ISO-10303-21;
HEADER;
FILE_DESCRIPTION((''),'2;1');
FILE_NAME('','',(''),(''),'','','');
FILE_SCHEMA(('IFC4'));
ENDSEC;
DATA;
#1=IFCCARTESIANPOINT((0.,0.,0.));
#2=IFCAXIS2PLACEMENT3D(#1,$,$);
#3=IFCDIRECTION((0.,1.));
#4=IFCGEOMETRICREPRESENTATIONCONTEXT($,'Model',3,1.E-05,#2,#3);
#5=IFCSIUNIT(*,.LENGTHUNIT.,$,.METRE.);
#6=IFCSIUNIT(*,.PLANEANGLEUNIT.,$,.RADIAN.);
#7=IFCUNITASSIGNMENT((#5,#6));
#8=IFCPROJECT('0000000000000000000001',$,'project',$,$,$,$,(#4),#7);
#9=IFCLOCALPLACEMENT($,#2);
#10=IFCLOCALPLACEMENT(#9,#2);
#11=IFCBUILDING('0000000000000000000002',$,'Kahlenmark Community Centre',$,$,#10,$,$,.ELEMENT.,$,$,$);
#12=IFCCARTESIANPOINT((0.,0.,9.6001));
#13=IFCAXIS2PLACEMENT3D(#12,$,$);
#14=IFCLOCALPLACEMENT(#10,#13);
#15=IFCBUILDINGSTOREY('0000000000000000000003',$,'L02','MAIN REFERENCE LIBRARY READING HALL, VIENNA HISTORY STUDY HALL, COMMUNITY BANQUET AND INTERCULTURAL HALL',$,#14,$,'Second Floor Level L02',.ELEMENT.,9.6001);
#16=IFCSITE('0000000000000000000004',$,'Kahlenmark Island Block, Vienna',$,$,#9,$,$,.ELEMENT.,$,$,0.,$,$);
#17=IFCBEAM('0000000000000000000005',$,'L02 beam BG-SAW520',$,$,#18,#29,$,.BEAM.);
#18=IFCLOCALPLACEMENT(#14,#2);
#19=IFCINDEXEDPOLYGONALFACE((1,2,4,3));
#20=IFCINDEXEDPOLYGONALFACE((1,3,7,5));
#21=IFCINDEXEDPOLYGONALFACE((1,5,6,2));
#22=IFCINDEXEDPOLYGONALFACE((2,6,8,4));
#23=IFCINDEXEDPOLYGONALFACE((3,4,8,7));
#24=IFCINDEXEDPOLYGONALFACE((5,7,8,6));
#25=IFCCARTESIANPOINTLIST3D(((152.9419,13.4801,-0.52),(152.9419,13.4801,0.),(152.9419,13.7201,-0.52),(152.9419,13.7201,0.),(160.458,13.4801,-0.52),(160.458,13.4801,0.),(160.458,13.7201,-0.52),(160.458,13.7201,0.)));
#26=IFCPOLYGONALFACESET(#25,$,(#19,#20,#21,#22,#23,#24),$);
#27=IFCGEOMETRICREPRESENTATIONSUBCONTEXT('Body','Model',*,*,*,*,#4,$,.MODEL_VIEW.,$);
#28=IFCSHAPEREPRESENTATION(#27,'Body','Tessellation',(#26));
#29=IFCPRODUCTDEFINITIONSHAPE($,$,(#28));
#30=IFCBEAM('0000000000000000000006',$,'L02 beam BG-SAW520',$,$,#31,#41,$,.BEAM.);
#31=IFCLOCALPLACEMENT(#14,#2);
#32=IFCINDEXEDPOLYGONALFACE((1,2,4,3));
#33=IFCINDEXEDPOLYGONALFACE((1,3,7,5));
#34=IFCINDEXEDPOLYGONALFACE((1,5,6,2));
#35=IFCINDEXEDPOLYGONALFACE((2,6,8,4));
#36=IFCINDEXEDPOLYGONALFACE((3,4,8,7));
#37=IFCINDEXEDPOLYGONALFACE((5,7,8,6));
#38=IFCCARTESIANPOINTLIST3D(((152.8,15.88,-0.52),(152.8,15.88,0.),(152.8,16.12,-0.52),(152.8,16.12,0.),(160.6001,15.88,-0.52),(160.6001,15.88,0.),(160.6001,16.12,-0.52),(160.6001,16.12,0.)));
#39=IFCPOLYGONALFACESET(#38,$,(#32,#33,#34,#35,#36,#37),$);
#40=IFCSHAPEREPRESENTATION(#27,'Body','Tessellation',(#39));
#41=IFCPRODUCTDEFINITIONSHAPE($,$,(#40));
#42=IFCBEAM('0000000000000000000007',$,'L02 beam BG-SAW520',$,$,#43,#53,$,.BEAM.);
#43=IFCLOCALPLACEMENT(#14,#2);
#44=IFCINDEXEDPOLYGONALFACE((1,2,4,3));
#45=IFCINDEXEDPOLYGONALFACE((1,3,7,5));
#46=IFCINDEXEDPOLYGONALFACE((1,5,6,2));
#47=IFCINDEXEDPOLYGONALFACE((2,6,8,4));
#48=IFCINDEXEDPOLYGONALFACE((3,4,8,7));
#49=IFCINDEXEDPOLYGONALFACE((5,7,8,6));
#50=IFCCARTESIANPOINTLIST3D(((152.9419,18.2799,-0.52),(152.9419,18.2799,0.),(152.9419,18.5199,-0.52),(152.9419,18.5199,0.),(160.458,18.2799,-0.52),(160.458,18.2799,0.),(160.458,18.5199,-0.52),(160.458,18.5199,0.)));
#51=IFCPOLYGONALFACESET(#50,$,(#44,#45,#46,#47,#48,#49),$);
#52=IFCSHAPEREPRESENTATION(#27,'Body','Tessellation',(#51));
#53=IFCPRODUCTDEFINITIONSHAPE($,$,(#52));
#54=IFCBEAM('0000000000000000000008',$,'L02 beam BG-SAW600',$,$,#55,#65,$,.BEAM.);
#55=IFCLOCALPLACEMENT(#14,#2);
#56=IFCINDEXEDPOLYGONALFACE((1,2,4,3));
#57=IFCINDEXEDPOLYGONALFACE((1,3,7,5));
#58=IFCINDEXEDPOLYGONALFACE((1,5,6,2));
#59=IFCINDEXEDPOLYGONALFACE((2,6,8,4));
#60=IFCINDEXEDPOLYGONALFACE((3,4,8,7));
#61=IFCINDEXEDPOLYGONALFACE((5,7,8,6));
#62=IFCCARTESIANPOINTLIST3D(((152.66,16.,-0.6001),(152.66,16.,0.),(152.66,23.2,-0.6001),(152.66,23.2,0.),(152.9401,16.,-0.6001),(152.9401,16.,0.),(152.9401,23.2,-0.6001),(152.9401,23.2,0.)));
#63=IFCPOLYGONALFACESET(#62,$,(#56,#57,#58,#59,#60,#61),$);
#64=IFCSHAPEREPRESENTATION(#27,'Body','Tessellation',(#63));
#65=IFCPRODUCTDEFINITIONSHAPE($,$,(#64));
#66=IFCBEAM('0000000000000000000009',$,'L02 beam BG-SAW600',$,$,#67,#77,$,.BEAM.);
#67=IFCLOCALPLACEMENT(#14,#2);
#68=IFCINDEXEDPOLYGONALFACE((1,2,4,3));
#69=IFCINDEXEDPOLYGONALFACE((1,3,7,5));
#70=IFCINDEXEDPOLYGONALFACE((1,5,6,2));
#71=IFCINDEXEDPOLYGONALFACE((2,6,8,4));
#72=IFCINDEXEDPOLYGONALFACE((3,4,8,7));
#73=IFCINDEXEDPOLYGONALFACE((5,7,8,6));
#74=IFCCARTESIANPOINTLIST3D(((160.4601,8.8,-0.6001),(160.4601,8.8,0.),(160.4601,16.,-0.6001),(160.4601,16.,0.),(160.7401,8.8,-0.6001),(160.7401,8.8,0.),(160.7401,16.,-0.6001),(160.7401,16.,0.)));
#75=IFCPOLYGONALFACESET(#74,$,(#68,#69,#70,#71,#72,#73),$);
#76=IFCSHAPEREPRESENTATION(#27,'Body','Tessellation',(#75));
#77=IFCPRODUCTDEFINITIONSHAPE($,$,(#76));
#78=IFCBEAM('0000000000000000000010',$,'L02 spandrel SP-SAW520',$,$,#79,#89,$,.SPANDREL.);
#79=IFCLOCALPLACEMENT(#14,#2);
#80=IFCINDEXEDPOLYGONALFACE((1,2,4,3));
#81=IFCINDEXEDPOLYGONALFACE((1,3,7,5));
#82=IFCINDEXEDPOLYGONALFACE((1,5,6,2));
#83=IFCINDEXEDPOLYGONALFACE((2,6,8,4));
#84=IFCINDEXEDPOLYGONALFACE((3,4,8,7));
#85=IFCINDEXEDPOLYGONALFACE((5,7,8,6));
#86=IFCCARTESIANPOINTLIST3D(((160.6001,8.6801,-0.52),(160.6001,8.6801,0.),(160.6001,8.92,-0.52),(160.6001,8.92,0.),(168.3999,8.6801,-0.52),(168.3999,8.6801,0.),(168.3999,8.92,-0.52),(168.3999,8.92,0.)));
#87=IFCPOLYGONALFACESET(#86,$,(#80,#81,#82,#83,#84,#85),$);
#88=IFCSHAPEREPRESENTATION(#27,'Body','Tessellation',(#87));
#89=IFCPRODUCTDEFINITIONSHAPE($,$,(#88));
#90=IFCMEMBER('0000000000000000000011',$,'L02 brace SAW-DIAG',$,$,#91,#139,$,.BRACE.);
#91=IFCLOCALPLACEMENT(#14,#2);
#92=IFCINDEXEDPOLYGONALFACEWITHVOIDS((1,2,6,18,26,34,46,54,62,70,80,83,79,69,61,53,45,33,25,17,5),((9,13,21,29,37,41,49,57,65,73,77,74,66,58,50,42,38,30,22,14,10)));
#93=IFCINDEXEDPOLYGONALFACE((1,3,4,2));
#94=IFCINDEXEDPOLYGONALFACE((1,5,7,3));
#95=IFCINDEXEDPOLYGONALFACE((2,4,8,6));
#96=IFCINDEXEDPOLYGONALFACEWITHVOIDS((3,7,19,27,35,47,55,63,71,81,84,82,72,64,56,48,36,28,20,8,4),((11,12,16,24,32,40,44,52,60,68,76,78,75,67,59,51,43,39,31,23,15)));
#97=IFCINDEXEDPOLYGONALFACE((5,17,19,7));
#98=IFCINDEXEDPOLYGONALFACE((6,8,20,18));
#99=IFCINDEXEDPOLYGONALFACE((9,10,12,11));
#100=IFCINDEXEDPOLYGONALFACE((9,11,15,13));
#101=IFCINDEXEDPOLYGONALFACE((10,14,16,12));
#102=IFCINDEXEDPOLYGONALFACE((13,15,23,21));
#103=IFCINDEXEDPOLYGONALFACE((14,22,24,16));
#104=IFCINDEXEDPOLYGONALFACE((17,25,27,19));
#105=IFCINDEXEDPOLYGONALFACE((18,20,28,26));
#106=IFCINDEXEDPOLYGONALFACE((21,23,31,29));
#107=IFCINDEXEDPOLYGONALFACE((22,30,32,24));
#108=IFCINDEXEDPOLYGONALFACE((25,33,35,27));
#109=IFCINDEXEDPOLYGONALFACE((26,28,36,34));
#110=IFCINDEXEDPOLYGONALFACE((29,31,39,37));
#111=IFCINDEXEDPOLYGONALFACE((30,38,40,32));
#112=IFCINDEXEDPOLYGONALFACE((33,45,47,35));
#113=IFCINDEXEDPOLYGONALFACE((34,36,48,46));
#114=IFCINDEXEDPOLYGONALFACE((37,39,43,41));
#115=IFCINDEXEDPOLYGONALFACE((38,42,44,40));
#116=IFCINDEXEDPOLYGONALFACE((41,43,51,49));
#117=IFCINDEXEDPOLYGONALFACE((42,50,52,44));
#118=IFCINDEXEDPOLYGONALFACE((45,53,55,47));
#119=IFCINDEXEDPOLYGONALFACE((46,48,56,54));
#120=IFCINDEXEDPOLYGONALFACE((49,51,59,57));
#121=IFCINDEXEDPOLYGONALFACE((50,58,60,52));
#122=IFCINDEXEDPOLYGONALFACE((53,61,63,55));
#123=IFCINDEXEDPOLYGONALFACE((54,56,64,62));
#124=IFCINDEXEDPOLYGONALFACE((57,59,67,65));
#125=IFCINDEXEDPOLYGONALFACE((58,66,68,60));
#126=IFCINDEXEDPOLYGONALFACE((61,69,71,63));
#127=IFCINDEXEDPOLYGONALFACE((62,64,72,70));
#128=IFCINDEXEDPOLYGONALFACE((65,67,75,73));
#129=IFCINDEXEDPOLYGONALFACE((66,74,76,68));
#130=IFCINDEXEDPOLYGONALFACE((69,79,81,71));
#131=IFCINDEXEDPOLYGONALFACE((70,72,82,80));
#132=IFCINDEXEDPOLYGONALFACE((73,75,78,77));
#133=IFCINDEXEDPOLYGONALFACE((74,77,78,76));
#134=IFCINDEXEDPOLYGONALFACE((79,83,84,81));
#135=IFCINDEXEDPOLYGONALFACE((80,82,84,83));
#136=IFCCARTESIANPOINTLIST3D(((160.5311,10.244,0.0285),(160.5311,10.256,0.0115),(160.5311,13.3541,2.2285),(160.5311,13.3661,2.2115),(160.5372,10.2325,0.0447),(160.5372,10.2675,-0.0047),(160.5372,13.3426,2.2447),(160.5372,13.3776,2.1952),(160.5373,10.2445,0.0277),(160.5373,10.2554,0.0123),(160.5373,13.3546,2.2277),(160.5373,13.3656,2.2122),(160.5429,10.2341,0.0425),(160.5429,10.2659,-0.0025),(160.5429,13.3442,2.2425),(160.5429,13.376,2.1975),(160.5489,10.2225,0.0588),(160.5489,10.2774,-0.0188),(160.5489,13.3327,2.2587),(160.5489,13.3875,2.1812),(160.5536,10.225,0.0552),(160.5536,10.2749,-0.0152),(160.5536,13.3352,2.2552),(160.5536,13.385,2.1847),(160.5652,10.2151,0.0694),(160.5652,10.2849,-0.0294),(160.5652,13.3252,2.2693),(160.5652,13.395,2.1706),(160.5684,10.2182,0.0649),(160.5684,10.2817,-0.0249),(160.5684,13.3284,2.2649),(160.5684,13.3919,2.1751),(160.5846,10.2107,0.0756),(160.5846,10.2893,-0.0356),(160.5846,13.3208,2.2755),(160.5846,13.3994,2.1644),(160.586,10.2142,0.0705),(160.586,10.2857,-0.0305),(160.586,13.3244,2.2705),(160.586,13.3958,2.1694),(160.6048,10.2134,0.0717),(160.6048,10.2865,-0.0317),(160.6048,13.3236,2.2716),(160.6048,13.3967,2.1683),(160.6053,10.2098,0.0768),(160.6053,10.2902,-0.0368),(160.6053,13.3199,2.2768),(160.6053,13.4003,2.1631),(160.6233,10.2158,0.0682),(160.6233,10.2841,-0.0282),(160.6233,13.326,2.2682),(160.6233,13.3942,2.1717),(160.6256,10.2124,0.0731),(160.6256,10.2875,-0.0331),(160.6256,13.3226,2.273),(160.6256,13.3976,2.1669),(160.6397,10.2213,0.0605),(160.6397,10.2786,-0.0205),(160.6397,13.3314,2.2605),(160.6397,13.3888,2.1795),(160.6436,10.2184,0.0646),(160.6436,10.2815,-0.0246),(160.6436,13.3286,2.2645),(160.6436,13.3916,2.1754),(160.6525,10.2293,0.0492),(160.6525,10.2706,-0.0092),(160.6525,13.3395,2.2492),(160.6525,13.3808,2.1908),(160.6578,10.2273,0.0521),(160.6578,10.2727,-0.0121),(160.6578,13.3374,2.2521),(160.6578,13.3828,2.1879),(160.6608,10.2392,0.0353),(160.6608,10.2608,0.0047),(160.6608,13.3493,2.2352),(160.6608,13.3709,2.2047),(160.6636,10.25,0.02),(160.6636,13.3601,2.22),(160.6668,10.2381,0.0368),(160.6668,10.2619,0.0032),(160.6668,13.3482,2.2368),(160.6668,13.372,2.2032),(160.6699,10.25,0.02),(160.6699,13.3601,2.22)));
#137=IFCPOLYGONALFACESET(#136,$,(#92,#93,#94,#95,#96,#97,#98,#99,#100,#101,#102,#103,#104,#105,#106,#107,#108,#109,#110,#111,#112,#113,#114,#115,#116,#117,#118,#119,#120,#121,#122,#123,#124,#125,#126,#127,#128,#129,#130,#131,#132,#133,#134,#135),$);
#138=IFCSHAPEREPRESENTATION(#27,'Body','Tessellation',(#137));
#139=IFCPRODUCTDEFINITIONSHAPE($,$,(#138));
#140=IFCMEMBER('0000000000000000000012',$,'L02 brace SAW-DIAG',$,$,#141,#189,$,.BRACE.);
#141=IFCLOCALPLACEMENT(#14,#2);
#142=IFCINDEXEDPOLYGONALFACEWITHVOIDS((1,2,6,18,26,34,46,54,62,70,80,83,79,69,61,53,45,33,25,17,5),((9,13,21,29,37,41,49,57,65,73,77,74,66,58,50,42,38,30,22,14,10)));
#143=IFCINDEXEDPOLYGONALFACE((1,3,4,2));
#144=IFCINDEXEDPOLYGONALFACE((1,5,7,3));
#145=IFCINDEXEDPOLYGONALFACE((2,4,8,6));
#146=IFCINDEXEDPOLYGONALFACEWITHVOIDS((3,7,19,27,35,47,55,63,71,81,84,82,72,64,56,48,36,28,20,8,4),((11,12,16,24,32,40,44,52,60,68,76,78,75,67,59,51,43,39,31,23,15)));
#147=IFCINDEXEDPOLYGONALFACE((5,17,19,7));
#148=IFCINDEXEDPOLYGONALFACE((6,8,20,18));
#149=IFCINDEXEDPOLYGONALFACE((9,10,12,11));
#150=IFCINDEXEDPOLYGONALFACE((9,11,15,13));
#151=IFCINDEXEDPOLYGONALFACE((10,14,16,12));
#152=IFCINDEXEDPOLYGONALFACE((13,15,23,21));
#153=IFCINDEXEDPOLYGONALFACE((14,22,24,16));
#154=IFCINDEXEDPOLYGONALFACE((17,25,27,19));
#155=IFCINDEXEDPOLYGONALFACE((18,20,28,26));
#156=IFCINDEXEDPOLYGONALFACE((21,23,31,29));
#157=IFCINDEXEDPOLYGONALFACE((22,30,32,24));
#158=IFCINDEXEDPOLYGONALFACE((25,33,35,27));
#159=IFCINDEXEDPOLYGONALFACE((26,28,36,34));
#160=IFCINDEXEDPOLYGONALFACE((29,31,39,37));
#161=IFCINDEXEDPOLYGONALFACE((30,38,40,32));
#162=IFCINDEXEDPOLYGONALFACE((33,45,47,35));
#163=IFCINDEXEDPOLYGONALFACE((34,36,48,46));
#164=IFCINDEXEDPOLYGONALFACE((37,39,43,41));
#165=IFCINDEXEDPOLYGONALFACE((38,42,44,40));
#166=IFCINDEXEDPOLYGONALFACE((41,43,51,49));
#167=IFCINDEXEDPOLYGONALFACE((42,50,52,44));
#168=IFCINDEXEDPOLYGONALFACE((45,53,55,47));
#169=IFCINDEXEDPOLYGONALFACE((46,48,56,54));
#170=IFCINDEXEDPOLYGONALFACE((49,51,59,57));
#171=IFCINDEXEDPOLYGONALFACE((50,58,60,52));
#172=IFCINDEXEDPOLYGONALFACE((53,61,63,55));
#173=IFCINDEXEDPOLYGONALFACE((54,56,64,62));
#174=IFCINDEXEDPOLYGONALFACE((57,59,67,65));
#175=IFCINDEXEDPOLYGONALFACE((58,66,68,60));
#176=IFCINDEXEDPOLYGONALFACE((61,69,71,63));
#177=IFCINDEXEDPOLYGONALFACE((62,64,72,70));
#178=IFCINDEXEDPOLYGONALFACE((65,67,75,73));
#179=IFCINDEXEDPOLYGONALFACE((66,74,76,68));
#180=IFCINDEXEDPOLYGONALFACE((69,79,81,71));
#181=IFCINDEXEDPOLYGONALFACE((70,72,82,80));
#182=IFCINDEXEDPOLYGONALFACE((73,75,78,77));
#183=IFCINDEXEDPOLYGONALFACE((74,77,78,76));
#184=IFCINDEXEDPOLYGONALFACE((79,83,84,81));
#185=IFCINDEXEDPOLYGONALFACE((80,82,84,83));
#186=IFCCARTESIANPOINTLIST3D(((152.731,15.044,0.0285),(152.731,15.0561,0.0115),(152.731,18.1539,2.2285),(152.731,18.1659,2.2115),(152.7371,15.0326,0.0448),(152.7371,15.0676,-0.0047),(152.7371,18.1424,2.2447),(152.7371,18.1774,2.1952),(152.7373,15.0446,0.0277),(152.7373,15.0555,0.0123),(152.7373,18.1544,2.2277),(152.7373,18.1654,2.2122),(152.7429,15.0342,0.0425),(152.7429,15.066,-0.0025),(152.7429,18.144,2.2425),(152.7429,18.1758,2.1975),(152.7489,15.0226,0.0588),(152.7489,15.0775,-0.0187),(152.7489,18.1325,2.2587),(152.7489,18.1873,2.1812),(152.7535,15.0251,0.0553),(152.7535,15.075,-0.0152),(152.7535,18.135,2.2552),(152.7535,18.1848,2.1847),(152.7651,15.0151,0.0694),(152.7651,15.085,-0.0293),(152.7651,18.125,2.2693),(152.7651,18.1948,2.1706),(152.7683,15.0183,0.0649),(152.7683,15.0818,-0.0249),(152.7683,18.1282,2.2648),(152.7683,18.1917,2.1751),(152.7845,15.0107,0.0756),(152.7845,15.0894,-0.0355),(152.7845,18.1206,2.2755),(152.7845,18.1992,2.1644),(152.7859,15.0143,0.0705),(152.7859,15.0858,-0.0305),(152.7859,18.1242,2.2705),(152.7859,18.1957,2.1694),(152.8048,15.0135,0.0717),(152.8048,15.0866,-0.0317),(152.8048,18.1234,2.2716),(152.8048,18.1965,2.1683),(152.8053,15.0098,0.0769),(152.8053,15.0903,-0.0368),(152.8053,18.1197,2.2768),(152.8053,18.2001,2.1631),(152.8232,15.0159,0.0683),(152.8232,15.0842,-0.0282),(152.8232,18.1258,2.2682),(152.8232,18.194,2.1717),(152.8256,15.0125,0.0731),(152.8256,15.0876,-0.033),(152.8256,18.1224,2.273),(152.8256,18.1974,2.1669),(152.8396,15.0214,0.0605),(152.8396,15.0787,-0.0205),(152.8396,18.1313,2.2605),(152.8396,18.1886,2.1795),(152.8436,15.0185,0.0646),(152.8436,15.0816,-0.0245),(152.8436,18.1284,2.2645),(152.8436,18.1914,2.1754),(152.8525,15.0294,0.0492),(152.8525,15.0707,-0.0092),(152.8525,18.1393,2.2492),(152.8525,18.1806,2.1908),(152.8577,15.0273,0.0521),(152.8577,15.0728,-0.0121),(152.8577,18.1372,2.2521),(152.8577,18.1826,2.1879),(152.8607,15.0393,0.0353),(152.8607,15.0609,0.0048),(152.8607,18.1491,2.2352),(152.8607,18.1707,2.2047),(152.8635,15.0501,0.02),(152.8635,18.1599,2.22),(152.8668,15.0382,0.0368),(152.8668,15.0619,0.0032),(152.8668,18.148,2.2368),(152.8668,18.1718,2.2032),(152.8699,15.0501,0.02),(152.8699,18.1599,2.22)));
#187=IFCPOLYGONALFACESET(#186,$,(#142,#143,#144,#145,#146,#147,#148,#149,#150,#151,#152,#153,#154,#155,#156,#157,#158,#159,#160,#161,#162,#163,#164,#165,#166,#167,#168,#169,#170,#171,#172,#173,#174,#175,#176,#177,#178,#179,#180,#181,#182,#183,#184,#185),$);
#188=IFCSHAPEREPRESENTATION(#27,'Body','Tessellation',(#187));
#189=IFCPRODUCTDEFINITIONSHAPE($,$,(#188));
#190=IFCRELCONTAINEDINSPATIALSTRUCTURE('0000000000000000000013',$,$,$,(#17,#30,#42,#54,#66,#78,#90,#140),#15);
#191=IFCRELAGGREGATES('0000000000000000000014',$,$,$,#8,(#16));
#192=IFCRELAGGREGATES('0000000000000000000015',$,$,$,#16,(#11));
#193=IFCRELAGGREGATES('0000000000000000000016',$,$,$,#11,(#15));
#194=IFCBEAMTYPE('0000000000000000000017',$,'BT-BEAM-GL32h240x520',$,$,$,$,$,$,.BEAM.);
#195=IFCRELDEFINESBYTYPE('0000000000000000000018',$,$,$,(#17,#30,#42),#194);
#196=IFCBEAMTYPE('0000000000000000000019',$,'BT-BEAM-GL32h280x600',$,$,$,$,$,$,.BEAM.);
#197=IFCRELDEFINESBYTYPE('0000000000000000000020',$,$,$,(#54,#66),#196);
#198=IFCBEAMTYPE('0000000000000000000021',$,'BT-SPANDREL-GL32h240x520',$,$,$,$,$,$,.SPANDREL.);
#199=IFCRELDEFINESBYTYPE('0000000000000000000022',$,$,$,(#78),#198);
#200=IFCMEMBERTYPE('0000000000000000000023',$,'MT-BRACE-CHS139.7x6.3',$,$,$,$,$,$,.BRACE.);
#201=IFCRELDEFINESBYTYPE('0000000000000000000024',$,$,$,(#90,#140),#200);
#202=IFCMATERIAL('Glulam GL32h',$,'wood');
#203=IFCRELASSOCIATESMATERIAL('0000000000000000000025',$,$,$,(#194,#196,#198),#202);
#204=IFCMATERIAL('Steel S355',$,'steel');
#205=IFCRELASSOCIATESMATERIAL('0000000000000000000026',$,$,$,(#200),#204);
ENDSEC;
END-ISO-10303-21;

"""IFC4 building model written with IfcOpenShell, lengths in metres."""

from ifc_helpers import new_model, si_unit, direction, frame, origin, origin_2d, place, context, subcontext, project, spatial, rectangle, hollow_circle, extrude, material, material_profile, profile_set, type_object, element, save


model = new_model("IFC4")

# Units and contexts
model_context = context("Model", 3, precision=1e-05, world=origin(), true_north=direction((0.0, 1.0)))
body_context = subcontext(model_context, "Body", "Model", "MODEL_VIEW")
ifc_project = project(units=[si_unit("LENGTHUNIT", "METRE"), si_unit("PLANEANGLEUNIT", "RADIAN")], contexts=[model_context])

# Site, building, storey
site_placement = place(None, origin())
site = spatial("IfcSite", under=ifc_project, at=site_placement, Name="Kahlenmark Island Block, Vienna", CompositionType="ELEMENT", RefElevation=0.0)
building_placement = place(site_placement, origin())
building = spatial("IfcBuilding", under=site, at=building_placement, Name="Kahlenmark Community Centre", CompositionType="ELEMENT")
storey_placement = place(building_placement, frame((0.0, 0.0, 9.6001)))
storey = spatial("IfcBuildingStorey", under=building, at=storey_placement, Name="L02", Description="MAIN REFERENCE LIBRARY READING HALL, VIENNA HISTORY STUDY HALL, COMMUNITY BANQUET AND INTERCULTURAL HALL", LongName="Second Floor Level L02", CompositionType="ELEMENT", Elevation=9.6001)

# Beams
ifc_material_1 = material(Name="Glulam GL32h", Category="wood")
ifc_material_profile_1 = material_profile(ifc_material_1, rectangle(XDim=0.24, YDim=0.52, at=origin_2d()), Name="GL32h 240x520")
ifc_profile_set_1 = profile_set([ifc_material_profile_1], Name="Glulam GL32h")
beam_type_1 = type_object("IfcBeamType", Name="BT-BEAM-GL32h240x520", PredefinedType="BEAM", material=ifc_profile_set_1)
beam_1_placement = place(storey_placement, frame((152.9419, 13.6001, -0.26), z_axis=(1.0, 0.0, 0.0), x_axis=(0.0, 1.0, 0.0)))
element("IfcBeam", 1, at=beam_1_placement, inside=storey, type_object=beam_type_1, Name="L02 beam BG-SAW520", PredefinedType="BEAM", context=body_context, shape_type="SweptSolid", body=[
    extrude(rectangle(XDim=0.24, YDim=0.52, at=origin_2d()), origin(), (0.0, 0.0, 1.0), 7.5161),
])
beam_2_placement = place(storey_placement, frame((152.8, 16.0, -0.26), z_axis=(1.0, 0.0, 0.0), x_axis=(0.0, 1.0, 0.0)))
element("IfcBeam", 2, at=beam_2_placement, inside=storey, type_object=beam_type_1, Name="L02 beam BG-SAW520", PredefinedType="BEAM", context=body_context, shape_type="SweptSolid", body=[
    extrude(rectangle(XDim=0.24, YDim=0.52, at=origin_2d()), origin(), (0.0, 0.0, 1.0), 7.8),
])
beam_3_placement = place(storey_placement, frame((152.9419, 18.3999, -0.26), z_axis=(1.0, 0.0, 0.0), x_axis=(0.0, 1.0, 0.0)))
element("IfcBeam", 3, at=beam_3_placement, inside=storey, type_object=beam_type_1, Name="L02 beam BG-SAW520", PredefinedType="BEAM", context=body_context, shape_type="SweptSolid", body=[
    extrude(rectangle(XDim=0.24, YDim=0.52, at=origin_2d()), origin(), (0.0, 0.0, 1.0), 7.5161),
])
ifc_material_profile_2 = material_profile(ifc_material_1, rectangle(XDim=0.28, YDim=0.6001, at=origin_2d()), Name="GL32h 280x600")
ifc_profile_set_2 = profile_set([ifc_material_profile_2], Name="Glulam GL32h")
beam_type_2 = type_object("IfcBeamType", Name="BT-BEAM-GL32h280x600", PredefinedType="BEAM", material=ifc_profile_set_2)
for number, where, z_axis, x_axis, name in (
    (4, (152.8, 16.0, -0.3), (0.0, 1.0, 0.0), (-1.0, 0.0, 0.0), "L02 beam BG-SAW600"),
    (5, (160.6001, 8.8, -0.3), (0.0, 1.0, 0.0), (-1.0, 0.0, 0.0), "L02 beam BG-SAW600"),
):
    element("IfcBeam", number, at=place(storey_placement, frame(where, z_axis=z_axis, x_axis=x_axis)), inside=storey, type_object=beam_type_2, Name=name, PredefinedType="BEAM", context=body_context, shape_type="SweptSolid", body=[
        extrude(rectangle(XDim=0.28, YDim=0.6001, at=origin_2d()), origin(), (0.0, 0.0, 1.0), 7.2),
    ])
ifc_material_profile_3 = material_profile(ifc_material_1, rectangle(XDim=0.24, YDim=0.52, at=origin_2d()), Name="GL32h 240x520")
ifc_profile_set_3 = profile_set([ifc_material_profile_3], Name="Glulam GL32h")
beam_type_3 = type_object("IfcBeamType", Name="BT-SPANDREL-GL32h240x520", PredefinedType="SPANDREL", material=ifc_profile_set_3)
beam_4_placement = place(storey_placement, frame((160.6001, 8.8, -0.26), z_axis=(1.0, 0.0, 0.0), x_axis=(0.0, 1.0, 0.0)))
element("IfcBeam", 6, at=beam_4_placement, inside=storey, type_object=beam_type_3, Name="L02 spandrel SP-SAW520", PredefinedType="SPANDREL", context=body_context, shape_type="SweptSolid", body=[
    extrude(rectangle(XDim=0.24, YDim=0.52, at=origin_2d()), origin(), (0.0, 0.0, 1.0), 7.7998),
])

# Members
ifc_material_2 = material(Name="Steel S355", Category="steel")
ifc_material_profile_4 = material_profile(ifc_material_2, hollow_circle(Radius=0.0698, WallThickness=0.0063, at=origin_2d()), Name="CHS 139.7x6.3")
ifc_profile_set_4 = profile_set([ifc_material_profile_4], Name="Steel S355")
member_type_1 = type_object("IfcMemberType", Name="MT-BRACE-CHS139.7x6.3", PredefinedType="BRACE", material=ifc_profile_set_4)
member_1_placement = place(storey_placement, frame((160.6001, 13.3601, 2.22), z_axis=(0.0, -0.816401, -0.577486), x_axis=(1.0, 0.0, 0.0)))
element("IfcMember", 7, at=member_1_placement, inside=storey, type_object=member_type_1, Name="L02 brace SAW-DIAG", PredefinedType="BRACE", context=body_context, shape_type="SweptSolid", body=[
    extrude(hollow_circle(Radius=0.0698, WallThickness=0.0063, at=origin_2d()), origin(), (0.0, 0.0, 1.0), 3.8096),
])
member_2_placement = place(storey_placement, frame((152.8, 18.1599, 2.22), z_axis=(0.0, -0.81638, -0.577516), x_axis=(1.0, 0.0, 0.0)))
element("IfcMember", 8, at=member_2_placement, inside=storey, type_object=member_type_1, Name="L02 brace SAW-DIAG", PredefinedType="BRACE", context=body_context, shape_type="SweptSolid", body=[
    extrude(hollow_circle(Radius=0.0698, WallThickness=0.0063, at=origin_2d()), origin(), (0.0, 0.0, 1.0), 3.8093),
])

save(model, "model.ifc")
